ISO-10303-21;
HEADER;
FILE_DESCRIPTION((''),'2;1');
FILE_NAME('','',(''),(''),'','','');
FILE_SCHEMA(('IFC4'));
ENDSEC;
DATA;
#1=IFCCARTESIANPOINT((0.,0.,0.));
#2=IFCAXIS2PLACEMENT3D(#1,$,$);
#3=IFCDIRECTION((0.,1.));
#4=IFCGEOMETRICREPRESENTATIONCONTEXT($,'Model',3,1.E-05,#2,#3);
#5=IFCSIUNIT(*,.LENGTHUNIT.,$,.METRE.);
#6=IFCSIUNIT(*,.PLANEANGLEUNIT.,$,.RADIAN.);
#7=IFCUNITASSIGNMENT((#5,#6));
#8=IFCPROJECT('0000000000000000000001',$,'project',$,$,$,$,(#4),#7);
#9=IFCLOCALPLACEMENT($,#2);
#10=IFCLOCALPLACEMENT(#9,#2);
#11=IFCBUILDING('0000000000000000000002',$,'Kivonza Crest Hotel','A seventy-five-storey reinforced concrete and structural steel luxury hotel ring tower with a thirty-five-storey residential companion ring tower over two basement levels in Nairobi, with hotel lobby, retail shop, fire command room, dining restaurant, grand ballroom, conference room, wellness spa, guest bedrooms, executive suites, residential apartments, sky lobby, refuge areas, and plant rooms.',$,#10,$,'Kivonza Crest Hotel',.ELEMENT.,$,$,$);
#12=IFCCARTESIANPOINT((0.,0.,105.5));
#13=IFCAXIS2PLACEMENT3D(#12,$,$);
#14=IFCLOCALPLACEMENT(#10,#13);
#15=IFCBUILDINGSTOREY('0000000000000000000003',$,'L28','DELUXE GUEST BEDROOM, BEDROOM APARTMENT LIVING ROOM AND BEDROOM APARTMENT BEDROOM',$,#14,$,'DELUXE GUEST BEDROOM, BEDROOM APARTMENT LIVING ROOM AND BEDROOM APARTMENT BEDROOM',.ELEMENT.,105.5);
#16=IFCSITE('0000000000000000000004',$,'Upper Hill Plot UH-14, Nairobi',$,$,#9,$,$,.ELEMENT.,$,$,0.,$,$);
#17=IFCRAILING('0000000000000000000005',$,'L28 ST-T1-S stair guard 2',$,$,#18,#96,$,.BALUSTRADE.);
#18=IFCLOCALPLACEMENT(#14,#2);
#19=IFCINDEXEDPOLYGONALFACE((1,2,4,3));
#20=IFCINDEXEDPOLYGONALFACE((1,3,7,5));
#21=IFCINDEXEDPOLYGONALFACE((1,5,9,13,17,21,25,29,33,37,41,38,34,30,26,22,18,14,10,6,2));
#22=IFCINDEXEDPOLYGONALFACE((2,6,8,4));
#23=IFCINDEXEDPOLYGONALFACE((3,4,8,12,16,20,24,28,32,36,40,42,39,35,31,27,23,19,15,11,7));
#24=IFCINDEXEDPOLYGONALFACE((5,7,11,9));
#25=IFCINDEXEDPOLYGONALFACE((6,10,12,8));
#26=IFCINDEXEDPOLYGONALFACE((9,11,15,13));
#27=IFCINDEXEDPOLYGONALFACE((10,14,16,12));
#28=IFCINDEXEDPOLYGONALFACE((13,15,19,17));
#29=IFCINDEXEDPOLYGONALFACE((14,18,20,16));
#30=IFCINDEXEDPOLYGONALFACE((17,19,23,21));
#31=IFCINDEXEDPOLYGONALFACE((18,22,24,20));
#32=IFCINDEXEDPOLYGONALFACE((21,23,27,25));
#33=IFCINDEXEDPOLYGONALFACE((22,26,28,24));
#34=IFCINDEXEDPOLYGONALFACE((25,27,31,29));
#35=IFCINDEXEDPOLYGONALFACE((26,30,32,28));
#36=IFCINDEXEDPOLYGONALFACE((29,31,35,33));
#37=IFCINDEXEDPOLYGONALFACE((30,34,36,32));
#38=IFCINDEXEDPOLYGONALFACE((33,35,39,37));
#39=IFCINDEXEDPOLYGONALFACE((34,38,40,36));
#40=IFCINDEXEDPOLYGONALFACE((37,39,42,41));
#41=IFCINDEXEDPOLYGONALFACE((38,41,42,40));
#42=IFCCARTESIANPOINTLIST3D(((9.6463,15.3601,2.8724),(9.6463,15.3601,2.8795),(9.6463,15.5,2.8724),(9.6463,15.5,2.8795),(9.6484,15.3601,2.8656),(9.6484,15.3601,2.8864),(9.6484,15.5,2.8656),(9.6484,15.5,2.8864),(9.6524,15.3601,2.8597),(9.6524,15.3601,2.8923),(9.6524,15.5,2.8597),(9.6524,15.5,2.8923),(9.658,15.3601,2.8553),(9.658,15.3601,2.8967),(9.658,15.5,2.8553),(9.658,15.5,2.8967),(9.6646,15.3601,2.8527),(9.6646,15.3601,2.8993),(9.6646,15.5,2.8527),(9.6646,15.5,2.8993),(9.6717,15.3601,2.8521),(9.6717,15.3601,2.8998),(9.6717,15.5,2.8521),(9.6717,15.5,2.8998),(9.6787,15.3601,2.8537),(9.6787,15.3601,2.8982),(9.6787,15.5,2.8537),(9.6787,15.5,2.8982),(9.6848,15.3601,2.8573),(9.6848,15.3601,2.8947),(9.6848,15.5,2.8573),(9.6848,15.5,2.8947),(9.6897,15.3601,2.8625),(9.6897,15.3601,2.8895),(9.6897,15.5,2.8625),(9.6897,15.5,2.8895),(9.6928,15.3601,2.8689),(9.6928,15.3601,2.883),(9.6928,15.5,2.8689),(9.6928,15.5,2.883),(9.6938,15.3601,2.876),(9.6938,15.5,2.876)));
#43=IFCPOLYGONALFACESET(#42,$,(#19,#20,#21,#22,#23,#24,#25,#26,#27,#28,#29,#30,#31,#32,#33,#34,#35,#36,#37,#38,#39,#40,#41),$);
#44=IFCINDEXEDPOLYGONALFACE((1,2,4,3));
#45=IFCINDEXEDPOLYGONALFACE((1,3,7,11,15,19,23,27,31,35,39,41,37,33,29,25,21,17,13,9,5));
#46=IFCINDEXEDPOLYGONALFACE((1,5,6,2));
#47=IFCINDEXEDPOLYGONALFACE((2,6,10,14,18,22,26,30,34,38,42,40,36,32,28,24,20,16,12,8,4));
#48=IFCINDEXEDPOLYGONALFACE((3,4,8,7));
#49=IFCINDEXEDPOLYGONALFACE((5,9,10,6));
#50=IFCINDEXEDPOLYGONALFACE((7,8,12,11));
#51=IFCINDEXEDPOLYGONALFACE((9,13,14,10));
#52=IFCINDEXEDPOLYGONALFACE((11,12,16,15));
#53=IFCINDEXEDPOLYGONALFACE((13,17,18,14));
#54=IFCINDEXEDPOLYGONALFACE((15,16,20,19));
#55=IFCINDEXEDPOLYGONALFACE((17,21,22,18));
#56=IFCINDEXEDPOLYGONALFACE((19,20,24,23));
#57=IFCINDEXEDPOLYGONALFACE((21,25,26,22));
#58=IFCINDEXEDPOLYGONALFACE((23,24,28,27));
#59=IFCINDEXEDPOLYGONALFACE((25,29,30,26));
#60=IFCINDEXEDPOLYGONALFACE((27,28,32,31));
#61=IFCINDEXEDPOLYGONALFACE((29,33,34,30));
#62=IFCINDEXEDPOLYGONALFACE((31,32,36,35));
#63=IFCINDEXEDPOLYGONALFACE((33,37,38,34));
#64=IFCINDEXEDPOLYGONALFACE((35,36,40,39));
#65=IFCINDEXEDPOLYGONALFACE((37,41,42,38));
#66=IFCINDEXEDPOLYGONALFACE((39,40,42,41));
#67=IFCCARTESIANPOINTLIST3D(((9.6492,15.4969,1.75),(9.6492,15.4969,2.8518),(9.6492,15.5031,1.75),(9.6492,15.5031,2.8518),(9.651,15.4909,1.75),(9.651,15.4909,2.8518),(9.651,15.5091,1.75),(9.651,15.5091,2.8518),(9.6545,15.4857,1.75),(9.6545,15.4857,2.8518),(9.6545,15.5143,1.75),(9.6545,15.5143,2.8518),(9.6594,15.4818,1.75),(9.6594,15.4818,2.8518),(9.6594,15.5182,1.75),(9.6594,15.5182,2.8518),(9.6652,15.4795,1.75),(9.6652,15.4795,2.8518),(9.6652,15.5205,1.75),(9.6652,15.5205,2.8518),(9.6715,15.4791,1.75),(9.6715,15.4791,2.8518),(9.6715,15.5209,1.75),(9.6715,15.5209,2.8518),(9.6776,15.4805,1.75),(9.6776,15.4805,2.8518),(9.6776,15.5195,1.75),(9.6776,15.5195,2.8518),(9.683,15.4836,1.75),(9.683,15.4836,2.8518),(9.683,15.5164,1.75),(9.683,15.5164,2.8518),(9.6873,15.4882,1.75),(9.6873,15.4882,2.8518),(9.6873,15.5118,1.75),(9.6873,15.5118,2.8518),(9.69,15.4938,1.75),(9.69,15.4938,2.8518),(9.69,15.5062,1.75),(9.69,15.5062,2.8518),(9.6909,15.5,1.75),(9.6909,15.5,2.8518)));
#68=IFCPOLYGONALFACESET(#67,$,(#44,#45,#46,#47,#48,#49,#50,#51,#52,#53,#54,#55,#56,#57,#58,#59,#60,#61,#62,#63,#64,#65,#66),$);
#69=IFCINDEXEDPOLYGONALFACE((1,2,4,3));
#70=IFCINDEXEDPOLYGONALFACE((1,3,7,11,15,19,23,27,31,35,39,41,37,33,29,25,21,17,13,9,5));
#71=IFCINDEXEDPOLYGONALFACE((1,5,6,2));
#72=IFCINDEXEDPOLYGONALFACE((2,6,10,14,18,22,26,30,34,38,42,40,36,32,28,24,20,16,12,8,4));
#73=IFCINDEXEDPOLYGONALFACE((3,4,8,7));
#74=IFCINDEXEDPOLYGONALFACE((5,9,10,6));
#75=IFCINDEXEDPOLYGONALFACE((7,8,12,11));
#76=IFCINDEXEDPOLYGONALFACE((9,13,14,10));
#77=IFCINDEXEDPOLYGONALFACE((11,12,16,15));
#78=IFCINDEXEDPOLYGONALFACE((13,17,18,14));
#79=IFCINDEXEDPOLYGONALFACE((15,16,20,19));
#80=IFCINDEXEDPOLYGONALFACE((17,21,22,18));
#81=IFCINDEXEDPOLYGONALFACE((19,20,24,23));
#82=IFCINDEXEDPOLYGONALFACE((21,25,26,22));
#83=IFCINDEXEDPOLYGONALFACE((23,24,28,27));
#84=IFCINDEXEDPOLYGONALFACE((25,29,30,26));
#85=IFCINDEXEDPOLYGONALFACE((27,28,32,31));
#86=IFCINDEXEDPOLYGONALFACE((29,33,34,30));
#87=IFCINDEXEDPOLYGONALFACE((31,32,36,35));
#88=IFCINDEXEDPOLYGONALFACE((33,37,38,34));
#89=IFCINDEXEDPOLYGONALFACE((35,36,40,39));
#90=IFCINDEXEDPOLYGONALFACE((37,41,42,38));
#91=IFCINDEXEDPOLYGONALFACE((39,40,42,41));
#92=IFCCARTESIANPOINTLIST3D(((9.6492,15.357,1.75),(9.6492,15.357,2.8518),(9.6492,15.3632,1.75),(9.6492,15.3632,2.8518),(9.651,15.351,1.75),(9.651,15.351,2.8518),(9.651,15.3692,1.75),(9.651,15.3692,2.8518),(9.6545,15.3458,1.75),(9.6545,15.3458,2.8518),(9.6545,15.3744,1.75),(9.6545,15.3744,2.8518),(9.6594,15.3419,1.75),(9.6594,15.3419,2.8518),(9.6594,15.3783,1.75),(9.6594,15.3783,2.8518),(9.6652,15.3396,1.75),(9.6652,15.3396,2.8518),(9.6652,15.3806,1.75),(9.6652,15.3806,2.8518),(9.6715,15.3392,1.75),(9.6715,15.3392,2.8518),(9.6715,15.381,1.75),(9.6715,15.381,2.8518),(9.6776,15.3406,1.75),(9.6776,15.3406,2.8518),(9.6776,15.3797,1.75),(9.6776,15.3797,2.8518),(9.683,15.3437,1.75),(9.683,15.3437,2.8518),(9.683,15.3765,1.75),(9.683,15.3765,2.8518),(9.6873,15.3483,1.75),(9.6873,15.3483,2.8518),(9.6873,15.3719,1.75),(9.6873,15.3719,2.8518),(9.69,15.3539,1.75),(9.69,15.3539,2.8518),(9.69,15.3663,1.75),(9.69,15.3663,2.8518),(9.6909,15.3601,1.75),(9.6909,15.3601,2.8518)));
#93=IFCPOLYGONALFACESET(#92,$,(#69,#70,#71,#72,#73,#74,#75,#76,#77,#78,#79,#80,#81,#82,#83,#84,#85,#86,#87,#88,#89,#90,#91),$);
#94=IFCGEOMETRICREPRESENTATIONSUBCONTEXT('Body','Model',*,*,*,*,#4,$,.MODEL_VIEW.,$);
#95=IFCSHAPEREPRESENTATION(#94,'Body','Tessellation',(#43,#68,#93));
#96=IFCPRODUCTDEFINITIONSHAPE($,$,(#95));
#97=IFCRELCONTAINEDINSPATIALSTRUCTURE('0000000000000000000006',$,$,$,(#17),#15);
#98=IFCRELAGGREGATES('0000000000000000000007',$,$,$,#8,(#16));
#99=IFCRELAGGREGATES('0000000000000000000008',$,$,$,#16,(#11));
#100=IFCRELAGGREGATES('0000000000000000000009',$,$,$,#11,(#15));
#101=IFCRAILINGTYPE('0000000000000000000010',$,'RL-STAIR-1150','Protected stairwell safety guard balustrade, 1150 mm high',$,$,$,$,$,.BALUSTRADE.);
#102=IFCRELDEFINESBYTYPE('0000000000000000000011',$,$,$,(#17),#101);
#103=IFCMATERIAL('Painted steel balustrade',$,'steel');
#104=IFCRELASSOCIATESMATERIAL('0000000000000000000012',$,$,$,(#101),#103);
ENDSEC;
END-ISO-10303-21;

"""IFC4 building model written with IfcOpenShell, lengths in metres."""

from ifc_helpers import new_model, si_unit, direction, frame, origin, origin_2d, place, context, subcontext, project, spatial, circle, extrude, material, type_object, element, save


model = new_model("IFC4")

# Units and contexts
model_context = context("Model", 3, precision=1e-05, world=origin(), true_north=direction((0.0, 1.0)))
body_context = subcontext(model_context, "Body", "Model", "MODEL_VIEW")
ifc_project = project(units=[si_unit("LENGTHUNIT", "METRE"), si_unit("PLANEANGLEUNIT", "RADIAN")], contexts=[model_context])

# Site, building, storey
site_placement = place(None, origin())
site = spatial("IfcSite", under=ifc_project, at=site_placement, Name="Upper Hill Plot UH-14, Nairobi", CompositionType="ELEMENT", RefElevation=0.0)
building_placement = place(site_placement, origin())
building = spatial("IfcBuilding", under=site, at=building_placement, Name="Kivonza Crest Hotel", Description="A seventy-five-storey reinforced concrete and structural steel luxury hotel ring tower with a thirty-five-storey residential companion ring tower over two basement levels in Nairobi, with hotel lobby, retail shop, fire command room, dining restaurant, grand ballroom, conference room, wellness spa, guest bedrooms, executive suites, residential apartments, sky lobby, refuge areas, and plant rooms.", LongName="Kivonza Crest Hotel", CompositionType="ELEMENT")
storey_placement = place(building_placement, frame((0.0, 0.0, 105.5)))
storey = spatial("IfcBuildingStorey", under=building, at=storey_placement, Name="L28", Description="DELUXE GUEST BEDROOM, BEDROOM APARTMENT LIVING ROOM AND BEDROOM APARTMENT BEDROOM", LongName="DELUXE GUEST BEDROOM, BEDROOM APARTMENT LIVING ROOM AND BEDROOM APARTMENT BEDROOM", CompositionType="ELEMENT", Elevation=105.5)

# Railing
ifc_material_1 = material(Name="Painted steel balustrade", Category="steel")
railing_type_1 = type_object("IfcRailingType", Name="RL-STAIR-1150", Description="Protected stairwell safety guard balustrade, 1150 mm high", PredefinedType="BALUSTRADE", material=ifc_material_1)
railing_1_placement = place(storey_placement, frame((9.6699, 15.5, 1.75)))
element("IfcRailing", 1, at=railing_1_placement, inside=storey, type_object=railing_type_1, Name="L28 ST-T1-S stair guard 2", PredefinedType="BALUSTRADE", context=body_context, shape_type="SweptSolid", body=[
    extrude(circle(Radius=0.0239, at=origin_2d()), frame((0.0, 0.0, 1.126), z_axis=(0.0, -1.0, 0.0), x_axis=(1.0, 0.0, 0.0)), (0.0, 0.0, 1.0), 0.1399),
    extrude(circle(Radius=0.021, at=origin_2d()), origin(), (0.0, 0.0, 1.0), 1.1018),
    extrude(circle(Radius=0.021, at=origin_2d()), frame((0.0, -0.1399, 0.0)), (0.0, 0.0, 1.0), 1.1018),
])

save(model, "model.ifc")
